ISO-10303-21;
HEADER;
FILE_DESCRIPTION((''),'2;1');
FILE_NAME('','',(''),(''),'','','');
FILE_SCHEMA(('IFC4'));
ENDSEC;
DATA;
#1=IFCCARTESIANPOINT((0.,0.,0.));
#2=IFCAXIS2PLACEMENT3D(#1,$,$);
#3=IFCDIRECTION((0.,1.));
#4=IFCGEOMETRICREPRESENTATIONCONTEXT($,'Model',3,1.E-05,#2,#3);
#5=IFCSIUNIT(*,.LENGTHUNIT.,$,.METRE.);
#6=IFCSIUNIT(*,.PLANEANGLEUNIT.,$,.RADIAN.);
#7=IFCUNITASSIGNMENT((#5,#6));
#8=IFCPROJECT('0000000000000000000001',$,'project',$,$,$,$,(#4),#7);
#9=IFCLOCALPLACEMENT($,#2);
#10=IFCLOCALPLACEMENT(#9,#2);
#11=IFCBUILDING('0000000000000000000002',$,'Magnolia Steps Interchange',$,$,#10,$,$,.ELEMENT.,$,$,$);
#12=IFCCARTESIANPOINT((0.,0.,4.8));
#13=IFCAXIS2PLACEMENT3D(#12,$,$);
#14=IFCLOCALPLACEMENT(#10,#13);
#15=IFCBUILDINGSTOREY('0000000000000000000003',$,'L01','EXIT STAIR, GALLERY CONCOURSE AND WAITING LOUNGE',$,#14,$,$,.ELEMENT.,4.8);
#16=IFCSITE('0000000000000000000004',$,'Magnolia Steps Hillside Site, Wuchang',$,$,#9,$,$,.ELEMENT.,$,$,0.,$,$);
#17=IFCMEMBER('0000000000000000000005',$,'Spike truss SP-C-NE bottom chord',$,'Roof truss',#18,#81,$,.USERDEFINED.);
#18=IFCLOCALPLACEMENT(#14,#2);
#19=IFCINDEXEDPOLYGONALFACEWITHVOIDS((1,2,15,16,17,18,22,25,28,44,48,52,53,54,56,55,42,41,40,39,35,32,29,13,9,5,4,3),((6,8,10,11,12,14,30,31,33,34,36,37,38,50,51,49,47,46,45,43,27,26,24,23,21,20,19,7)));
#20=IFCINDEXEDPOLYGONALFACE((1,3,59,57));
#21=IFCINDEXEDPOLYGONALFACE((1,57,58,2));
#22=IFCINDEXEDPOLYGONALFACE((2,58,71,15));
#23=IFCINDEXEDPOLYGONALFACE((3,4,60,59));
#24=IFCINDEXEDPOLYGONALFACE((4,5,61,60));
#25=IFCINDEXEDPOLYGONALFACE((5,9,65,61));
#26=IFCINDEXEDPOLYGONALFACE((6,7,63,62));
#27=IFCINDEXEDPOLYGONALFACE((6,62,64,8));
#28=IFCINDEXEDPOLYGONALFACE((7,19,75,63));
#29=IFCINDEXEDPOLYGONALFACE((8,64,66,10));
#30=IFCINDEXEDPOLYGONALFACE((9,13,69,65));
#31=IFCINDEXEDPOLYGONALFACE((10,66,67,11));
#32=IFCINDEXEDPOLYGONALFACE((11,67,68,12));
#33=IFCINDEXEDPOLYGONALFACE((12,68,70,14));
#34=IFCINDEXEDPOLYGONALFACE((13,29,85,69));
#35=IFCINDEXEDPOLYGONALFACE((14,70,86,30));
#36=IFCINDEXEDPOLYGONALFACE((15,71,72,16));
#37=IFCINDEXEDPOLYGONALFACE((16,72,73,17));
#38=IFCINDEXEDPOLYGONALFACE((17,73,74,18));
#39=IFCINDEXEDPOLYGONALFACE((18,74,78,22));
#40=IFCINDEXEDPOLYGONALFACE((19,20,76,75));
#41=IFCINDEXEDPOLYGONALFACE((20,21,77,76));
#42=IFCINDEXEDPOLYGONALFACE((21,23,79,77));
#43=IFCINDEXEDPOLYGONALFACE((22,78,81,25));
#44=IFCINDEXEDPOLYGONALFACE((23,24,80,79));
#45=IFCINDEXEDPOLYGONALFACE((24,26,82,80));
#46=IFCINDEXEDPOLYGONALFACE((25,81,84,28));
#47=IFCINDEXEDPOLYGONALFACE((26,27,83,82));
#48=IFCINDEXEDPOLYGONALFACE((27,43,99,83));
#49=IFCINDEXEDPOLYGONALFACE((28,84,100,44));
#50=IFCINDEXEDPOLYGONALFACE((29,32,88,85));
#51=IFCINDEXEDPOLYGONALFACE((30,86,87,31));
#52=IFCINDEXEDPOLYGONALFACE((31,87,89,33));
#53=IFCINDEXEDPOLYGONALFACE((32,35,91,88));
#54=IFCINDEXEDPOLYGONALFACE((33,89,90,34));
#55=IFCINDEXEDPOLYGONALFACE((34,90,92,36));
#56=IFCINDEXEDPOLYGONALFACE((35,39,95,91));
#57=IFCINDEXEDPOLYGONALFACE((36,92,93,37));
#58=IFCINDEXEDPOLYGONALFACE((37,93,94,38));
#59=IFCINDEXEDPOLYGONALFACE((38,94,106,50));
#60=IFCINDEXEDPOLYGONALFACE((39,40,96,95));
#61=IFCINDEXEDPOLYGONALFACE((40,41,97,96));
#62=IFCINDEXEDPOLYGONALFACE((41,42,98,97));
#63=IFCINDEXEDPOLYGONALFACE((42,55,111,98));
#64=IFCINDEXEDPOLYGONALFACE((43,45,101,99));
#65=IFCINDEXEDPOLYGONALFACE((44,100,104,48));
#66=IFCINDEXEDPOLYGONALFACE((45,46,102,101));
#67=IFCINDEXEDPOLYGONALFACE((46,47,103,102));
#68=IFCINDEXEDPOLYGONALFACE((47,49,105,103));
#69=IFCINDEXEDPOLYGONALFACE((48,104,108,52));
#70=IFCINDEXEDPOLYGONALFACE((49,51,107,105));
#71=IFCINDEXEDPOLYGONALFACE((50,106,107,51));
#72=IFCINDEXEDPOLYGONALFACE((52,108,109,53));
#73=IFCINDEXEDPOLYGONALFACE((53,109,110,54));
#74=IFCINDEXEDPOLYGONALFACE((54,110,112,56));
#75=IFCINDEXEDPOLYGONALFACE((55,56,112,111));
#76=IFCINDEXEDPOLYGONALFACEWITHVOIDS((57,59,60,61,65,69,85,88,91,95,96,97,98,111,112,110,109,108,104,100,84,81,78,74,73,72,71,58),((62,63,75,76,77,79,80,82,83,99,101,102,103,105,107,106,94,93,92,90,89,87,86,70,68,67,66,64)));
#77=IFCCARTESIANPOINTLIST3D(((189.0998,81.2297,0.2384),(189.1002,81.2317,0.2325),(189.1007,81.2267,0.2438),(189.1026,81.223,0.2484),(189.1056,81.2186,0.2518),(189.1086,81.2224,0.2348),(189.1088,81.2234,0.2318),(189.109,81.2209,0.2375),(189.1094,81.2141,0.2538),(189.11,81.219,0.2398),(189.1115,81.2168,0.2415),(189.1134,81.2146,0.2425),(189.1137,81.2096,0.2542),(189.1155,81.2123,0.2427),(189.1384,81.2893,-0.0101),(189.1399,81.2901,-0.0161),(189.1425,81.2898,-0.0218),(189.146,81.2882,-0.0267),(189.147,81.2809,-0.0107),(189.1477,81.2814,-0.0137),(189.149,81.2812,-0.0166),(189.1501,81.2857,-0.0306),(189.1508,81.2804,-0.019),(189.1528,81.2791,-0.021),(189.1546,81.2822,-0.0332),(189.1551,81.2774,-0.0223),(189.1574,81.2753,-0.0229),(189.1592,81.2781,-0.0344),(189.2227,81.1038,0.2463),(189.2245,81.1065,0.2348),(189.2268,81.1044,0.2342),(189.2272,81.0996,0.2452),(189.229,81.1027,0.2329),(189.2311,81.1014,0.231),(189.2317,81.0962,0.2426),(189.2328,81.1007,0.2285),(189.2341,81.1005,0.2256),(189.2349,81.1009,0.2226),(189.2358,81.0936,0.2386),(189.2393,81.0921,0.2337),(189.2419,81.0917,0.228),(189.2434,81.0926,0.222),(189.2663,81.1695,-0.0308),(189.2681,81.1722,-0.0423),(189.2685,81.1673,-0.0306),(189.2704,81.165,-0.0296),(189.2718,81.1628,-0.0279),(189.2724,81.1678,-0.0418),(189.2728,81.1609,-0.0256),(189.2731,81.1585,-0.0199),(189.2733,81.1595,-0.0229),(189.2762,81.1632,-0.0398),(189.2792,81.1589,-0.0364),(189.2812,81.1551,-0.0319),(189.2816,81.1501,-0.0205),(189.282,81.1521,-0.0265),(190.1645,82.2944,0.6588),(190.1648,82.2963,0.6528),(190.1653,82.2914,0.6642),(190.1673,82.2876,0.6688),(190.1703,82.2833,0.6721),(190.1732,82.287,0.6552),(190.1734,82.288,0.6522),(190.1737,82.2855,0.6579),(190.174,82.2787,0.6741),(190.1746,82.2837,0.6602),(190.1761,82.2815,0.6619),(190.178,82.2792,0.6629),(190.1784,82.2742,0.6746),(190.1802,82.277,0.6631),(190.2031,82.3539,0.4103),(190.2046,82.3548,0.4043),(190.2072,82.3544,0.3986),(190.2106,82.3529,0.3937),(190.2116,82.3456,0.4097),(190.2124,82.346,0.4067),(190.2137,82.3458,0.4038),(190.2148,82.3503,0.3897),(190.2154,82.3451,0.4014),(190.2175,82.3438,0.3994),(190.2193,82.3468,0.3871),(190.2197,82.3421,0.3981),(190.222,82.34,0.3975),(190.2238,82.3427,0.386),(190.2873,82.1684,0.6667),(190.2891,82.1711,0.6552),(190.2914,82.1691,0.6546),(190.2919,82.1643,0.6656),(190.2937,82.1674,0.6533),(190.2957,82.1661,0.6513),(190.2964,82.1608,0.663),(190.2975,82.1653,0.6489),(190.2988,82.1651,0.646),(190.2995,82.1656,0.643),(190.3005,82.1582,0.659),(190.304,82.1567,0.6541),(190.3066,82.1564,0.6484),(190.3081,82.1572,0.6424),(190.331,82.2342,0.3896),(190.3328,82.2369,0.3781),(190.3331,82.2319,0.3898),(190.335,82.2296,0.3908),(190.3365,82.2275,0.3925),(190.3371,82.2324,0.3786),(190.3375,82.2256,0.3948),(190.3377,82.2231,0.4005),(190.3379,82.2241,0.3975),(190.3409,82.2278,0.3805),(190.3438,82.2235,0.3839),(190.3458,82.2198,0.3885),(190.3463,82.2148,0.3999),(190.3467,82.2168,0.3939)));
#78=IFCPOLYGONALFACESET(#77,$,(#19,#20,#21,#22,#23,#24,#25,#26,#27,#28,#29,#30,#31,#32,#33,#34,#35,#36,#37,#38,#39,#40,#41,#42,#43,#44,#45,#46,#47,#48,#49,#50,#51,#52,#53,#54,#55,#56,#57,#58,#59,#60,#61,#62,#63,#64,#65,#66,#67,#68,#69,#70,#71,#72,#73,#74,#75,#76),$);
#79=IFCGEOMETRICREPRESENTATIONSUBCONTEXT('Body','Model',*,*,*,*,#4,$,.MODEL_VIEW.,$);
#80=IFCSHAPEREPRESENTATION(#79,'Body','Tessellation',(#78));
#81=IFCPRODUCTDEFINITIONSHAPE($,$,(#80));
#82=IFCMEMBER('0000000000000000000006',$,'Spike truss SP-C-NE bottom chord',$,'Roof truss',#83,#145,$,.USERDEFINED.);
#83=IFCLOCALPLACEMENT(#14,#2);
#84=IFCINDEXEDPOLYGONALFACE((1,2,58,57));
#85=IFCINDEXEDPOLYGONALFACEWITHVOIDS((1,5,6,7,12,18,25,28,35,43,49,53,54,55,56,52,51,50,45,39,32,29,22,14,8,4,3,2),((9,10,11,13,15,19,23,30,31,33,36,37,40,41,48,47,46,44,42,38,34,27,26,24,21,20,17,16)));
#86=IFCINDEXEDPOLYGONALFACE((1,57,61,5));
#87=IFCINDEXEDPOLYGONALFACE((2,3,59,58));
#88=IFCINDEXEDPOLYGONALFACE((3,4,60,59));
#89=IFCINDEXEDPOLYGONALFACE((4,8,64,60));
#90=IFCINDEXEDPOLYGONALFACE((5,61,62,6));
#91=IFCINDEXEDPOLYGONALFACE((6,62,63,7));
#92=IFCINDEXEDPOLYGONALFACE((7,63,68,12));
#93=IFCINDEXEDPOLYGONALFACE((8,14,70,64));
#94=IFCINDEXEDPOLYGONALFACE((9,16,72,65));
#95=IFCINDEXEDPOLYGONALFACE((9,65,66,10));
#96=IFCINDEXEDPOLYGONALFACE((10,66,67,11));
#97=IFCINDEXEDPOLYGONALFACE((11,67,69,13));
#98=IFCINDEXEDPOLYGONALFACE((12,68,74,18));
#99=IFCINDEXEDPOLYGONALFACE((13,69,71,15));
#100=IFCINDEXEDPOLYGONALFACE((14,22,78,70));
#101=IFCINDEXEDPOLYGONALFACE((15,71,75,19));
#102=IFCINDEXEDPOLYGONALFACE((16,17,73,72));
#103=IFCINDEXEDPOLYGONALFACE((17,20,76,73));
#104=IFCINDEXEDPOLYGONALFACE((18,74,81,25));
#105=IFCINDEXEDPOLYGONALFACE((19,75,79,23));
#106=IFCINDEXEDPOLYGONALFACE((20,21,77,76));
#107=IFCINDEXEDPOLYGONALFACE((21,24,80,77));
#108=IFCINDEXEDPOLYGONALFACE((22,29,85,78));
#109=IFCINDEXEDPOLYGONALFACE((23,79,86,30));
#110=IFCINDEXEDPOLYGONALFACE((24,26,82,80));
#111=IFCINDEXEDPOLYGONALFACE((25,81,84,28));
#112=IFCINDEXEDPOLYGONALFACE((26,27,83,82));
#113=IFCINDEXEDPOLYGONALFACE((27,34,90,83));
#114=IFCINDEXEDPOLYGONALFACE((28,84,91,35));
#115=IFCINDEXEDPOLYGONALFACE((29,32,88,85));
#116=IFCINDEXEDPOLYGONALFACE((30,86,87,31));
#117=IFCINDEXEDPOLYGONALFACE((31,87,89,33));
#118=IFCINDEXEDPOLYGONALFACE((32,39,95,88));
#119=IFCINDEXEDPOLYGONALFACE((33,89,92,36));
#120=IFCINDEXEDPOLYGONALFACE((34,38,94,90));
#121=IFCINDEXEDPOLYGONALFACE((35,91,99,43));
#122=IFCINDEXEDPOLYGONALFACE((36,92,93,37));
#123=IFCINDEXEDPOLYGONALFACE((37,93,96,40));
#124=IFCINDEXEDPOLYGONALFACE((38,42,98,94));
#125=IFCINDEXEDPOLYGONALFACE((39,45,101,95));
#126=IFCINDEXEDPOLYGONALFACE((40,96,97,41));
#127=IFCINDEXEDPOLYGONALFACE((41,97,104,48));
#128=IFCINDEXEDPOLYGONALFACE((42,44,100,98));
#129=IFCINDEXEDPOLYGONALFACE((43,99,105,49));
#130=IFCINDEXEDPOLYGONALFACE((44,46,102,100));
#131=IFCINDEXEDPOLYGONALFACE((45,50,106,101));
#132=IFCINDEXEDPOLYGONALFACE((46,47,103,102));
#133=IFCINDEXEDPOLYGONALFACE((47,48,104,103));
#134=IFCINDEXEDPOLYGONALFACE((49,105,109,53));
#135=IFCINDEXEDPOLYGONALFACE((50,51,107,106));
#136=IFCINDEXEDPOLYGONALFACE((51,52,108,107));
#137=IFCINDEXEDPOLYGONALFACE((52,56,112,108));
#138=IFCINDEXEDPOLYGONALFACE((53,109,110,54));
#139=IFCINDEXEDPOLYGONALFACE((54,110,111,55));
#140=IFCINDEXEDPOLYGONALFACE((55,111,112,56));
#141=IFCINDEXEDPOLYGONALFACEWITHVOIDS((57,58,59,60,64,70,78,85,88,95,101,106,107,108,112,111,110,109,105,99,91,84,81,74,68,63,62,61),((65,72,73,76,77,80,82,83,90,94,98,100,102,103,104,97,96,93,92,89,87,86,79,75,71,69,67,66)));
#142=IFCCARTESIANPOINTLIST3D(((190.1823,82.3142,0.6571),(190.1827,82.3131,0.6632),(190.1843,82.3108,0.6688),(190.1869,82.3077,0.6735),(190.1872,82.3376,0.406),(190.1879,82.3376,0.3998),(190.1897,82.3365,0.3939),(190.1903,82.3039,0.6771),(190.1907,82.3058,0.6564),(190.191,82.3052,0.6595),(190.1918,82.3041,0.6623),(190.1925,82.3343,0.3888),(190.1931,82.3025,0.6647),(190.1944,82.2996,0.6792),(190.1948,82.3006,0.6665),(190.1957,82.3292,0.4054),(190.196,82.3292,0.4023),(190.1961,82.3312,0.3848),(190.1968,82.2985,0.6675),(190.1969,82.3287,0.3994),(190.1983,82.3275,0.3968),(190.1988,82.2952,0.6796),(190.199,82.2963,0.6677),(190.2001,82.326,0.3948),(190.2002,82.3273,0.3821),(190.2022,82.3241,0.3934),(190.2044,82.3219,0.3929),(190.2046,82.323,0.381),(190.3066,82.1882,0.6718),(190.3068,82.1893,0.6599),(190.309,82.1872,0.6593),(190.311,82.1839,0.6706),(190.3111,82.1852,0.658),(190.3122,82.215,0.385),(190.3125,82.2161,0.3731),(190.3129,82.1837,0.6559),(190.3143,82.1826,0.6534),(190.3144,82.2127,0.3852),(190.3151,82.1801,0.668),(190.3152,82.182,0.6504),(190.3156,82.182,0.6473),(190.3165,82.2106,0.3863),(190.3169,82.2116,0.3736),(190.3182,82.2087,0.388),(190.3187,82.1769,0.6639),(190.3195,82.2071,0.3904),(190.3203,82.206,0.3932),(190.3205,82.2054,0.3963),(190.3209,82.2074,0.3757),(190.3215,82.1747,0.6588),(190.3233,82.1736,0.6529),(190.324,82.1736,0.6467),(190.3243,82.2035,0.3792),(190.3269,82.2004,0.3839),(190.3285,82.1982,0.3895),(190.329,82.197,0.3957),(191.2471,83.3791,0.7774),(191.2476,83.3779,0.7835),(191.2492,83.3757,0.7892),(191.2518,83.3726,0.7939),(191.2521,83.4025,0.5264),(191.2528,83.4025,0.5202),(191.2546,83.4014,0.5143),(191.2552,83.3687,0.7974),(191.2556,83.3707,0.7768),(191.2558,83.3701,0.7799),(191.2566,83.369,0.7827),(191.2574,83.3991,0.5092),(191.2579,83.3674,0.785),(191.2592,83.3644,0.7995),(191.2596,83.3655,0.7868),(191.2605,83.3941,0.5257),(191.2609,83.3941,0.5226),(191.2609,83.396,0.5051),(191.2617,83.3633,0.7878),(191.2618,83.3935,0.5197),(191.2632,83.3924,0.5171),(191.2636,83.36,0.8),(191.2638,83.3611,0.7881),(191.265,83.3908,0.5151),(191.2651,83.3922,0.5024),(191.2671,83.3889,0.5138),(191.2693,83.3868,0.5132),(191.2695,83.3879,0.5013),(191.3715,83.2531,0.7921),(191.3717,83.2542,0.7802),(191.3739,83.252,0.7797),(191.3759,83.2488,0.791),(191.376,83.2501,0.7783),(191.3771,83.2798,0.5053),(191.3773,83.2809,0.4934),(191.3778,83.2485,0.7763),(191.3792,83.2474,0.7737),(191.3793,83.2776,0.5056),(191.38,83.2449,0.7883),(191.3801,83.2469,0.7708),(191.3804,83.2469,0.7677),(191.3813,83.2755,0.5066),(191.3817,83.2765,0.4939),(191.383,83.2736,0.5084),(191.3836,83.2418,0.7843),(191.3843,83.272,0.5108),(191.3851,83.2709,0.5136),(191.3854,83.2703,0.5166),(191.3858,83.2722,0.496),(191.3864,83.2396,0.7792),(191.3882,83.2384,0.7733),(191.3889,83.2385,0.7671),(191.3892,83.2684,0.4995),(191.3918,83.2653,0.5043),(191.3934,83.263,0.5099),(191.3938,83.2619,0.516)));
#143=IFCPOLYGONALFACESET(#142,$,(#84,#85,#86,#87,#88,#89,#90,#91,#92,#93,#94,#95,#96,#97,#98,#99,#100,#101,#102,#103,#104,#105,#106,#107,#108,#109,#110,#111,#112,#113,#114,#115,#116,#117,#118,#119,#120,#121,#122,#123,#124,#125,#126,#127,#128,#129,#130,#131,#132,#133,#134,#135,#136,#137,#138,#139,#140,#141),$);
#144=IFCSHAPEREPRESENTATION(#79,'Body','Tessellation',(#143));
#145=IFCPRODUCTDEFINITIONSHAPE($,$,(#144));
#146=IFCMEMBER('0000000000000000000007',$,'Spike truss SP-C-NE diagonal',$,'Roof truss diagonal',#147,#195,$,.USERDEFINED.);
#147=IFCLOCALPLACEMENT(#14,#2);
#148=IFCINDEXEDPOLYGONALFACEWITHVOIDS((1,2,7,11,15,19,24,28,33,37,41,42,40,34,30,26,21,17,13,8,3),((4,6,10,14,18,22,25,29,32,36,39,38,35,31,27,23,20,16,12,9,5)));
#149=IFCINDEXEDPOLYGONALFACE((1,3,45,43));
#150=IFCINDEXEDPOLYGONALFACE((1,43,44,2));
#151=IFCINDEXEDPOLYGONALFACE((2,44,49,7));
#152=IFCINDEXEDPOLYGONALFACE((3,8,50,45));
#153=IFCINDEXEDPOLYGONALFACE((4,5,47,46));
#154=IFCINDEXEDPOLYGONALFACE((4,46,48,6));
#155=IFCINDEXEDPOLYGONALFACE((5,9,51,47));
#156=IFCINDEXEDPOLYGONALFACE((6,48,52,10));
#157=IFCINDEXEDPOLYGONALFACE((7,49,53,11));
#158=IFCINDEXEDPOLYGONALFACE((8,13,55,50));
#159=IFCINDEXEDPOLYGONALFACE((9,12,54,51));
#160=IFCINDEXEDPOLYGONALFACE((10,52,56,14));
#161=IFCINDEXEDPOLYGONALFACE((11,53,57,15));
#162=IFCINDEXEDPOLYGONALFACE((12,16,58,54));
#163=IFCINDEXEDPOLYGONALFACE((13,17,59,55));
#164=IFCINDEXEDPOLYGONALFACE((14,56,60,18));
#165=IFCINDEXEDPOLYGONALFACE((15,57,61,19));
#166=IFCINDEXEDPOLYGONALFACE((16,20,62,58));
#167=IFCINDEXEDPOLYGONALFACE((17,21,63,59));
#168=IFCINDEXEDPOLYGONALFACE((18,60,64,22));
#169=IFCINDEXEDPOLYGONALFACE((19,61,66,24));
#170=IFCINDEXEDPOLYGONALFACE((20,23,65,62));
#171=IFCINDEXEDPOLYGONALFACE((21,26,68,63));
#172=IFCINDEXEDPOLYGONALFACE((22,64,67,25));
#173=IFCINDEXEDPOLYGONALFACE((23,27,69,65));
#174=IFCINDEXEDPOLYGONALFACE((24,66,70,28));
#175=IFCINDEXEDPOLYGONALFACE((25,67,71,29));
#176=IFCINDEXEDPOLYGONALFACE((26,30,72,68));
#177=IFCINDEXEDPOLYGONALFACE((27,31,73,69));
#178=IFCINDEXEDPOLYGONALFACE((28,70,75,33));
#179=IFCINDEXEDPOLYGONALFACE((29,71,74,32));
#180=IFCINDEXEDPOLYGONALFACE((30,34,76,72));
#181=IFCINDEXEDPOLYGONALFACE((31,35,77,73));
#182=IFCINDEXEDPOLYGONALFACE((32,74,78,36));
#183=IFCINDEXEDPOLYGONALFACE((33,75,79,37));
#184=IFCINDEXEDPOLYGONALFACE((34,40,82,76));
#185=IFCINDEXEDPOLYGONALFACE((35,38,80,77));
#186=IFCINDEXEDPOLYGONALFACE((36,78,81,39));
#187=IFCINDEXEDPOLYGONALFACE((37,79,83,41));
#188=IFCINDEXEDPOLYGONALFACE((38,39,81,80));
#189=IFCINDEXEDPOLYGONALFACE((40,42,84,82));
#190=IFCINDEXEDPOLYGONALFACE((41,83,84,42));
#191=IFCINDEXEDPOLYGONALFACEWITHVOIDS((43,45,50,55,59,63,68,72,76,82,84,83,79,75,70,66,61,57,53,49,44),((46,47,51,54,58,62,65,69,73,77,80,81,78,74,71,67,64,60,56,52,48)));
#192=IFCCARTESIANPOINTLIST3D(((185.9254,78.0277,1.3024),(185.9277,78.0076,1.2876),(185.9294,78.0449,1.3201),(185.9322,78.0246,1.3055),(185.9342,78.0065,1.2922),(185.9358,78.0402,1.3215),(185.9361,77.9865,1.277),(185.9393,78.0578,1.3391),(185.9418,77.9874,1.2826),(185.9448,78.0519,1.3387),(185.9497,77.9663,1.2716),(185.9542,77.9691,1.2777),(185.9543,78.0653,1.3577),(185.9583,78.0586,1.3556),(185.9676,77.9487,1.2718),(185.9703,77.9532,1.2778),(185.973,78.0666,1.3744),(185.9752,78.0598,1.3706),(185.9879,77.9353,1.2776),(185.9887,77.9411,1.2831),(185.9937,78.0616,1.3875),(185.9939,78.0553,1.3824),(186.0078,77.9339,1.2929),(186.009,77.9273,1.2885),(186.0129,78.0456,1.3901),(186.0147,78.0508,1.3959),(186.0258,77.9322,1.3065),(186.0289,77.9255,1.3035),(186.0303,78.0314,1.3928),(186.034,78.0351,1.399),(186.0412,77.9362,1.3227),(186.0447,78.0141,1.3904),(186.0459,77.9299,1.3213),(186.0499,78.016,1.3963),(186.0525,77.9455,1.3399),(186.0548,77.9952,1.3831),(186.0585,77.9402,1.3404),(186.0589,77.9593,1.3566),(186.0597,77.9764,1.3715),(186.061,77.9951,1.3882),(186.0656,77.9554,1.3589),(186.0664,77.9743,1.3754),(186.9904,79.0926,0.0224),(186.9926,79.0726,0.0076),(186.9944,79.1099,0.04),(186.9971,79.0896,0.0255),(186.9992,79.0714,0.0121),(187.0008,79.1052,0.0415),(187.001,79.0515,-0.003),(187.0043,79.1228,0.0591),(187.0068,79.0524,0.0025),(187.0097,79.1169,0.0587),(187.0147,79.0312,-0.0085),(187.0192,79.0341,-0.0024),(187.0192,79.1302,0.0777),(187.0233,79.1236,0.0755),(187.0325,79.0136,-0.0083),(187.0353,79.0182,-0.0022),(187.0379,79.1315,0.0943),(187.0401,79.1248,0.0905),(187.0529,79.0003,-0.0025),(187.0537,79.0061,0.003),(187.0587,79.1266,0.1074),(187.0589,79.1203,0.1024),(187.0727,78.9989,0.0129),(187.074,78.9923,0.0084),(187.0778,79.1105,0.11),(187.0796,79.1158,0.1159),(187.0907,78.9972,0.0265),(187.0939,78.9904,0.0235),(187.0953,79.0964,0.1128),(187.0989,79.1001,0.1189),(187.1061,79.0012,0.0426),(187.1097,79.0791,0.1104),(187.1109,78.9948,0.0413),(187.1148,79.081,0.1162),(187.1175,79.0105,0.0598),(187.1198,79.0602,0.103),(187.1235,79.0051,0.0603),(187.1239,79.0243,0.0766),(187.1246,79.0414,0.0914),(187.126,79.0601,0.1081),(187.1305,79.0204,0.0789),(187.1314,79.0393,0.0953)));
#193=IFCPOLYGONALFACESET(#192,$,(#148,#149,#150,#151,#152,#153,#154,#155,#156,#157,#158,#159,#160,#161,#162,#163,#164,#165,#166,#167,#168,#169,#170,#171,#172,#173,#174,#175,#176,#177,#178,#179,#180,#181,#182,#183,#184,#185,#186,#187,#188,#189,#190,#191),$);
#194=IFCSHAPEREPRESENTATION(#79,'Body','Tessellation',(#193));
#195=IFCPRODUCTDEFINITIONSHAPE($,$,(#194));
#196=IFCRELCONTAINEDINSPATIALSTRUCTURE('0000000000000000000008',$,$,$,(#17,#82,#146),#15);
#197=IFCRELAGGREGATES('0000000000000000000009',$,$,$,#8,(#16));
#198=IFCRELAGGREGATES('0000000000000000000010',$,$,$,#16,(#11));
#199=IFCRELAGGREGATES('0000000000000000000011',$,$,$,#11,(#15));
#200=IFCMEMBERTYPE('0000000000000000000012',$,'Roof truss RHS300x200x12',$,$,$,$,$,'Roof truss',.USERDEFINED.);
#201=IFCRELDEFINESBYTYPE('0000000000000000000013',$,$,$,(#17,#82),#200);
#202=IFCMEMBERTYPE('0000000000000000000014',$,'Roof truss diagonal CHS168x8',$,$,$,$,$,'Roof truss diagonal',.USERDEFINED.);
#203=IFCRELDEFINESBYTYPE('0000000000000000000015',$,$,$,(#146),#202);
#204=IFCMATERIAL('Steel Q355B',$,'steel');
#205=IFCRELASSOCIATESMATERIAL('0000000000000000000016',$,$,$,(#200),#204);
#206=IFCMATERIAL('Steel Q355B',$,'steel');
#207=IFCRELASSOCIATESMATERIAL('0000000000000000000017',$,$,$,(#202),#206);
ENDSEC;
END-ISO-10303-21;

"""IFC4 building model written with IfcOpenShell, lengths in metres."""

from ifc_helpers import new_model, si_unit, direction, frame, origin, origin_2d, place, context, subcontext, project, spatial, hollow_rectangle, hollow_circle, extrude, material, material_profile, profile_set, type_object, element, save


model = new_model("IFC4")

# Units and contexts
model_context = context("Model", 3, precision=1e-05, world=origin(), true_north=direction((0.0, 1.0)))
body_context = subcontext(model_context, "Body", "Model", "MODEL_VIEW")
ifc_project = project(units=[si_unit("LENGTHUNIT", "METRE"), si_unit("PLANEANGLEUNIT", "RADIAN")], contexts=[model_context])

# Site, building, storey
site_placement = place(None, origin())
site = spatial("IfcSite", under=ifc_project, at=site_placement, Name="Magnolia Steps Hillside Site, Wuchang", CompositionType="ELEMENT", RefElevation=0.0)
building_placement = place(site_placement, origin())
building = spatial("IfcBuilding", under=site, at=building_placement, Name="Magnolia Steps Interchange", CompositionType="ELEMENT")
storey_placement = place(building_placement, frame((0.0, 0.0, 4.8)))
storey = spatial("IfcBuildingStorey", under=building, at=storey_placement, Name="L01", Description="EXIT STAIR, GALLERY CONCOURSE AND WAITING LOUNGE", CompositionType="ELEMENT", Elevation=4.8)

# Members
ifc_material_1 = material(Name="Steel Q355B", Category="steel")
ifc_material_profile_1 = material_profile(ifc_material_1, hollow_rectangle(XDim=0.2, YDim=0.3, WallThickness=0.012, InnerFilletRadius=0.012, OuterFilletRadius=0.0239, at=origin_2d()), Name="RHS300x200x12")
ifc_profile_set_1 = profile_set([ifc_material_profile_1], Name="Steel Q355B")
member_type_1 = type_object("IfcMemberType", Name="Roof truss RHS300x200x12", ElementType="Roof truss", PredefinedType="USERDEFINED", material=ifc_profile_set_1)
member_1_placement = place(storey_placement, frame((189.1909, 81.1909, 0.106), z_axis=(0.681058, 0.681058, 0.268925), x_axis=(-0.716379, 0.695753, 0.052235)))
element("IfcMember", 1, at=member_1_placement, inside=storey, type_object=member_type_1, Name="Spike truss SP-C-NE bottom chord", ObjectType="Roof truss", PredefinedType="USERDEFINED", context=body_context, shape_type="SweptSolid", body=[
    extrude(hollow_rectangle(XDim=0.2, YDim=0.3, WallThickness=0.012, InnerFilletRadius=0.012, OuterFilletRadius=0.0239, at=origin_2d()), origin(), (0.0, 0.0, 1.0), 1.5632),
])
member_2_placement = place(storey_placement, frame((190.2556, 82.2556, 0.5264), z_axis=(0.704859, 0.704859, 0.079664), x_axis=(-0.709077, 0.703233, 0.051704)))
element("IfcMember", 2, at=member_2_placement, inside=storey, type_object=member_type_1, Name="Spike truss SP-C-NE bottom chord", ObjectType="Roof truss", PredefinedType="USERDEFINED", context=body_context, shape_type="SweptSolid", body=[
    extrude(hollow_rectangle(XDim=0.2, YDim=0.3, WallThickness=0.012, InnerFilletRadius=0.012, OuterFilletRadius=0.0239, at=origin_2d()), origin(), (0.0, 0.0, 1.0), 1.5107),
])
ifc_material_2 = material(Name="Steel Q355B", Category="steel")
ifc_material_profile_2 = material_profile(ifc_material_2, hollow_circle(Radius=0.084, WallThickness=0.0081, at=origin_2d()), Name="CHS168x8")
ifc_profile_set_2 = profile_set([ifc_material_profile_2], Name="Steel Q355B")
member_type_2 = type_object("IfcMemberType", Name="Roof truss diagonal CHS168x8", ElementType="Roof truss diagonal", PredefinedType="USERDEFINED", material=ifc_profile_set_2)
member_3_placement = place(storey_placement, frame((185.9961, 77.9961, 1.335), z_axis=(0.538793, 0.538793, -0.647614), x_axis=(-0.676001, 0.73525, 0.049293)))
element("IfcMember", 3, at=member_3_placement, inside=storey, type_object=member_type_2, Name="Spike truss SP-C-NE diagonal", ObjectType="Roof truss diagonal", PredefinedType="USERDEFINED", context=body_context, shape_type="SweptSolid", body=[
    extrude(hollow_circle(Radius=0.084, WallThickness=0.0081, at=origin_2d()), origin(), (0.0, 0.0, 1.0), 1.9766),
])

save(model, "model.ifc")
